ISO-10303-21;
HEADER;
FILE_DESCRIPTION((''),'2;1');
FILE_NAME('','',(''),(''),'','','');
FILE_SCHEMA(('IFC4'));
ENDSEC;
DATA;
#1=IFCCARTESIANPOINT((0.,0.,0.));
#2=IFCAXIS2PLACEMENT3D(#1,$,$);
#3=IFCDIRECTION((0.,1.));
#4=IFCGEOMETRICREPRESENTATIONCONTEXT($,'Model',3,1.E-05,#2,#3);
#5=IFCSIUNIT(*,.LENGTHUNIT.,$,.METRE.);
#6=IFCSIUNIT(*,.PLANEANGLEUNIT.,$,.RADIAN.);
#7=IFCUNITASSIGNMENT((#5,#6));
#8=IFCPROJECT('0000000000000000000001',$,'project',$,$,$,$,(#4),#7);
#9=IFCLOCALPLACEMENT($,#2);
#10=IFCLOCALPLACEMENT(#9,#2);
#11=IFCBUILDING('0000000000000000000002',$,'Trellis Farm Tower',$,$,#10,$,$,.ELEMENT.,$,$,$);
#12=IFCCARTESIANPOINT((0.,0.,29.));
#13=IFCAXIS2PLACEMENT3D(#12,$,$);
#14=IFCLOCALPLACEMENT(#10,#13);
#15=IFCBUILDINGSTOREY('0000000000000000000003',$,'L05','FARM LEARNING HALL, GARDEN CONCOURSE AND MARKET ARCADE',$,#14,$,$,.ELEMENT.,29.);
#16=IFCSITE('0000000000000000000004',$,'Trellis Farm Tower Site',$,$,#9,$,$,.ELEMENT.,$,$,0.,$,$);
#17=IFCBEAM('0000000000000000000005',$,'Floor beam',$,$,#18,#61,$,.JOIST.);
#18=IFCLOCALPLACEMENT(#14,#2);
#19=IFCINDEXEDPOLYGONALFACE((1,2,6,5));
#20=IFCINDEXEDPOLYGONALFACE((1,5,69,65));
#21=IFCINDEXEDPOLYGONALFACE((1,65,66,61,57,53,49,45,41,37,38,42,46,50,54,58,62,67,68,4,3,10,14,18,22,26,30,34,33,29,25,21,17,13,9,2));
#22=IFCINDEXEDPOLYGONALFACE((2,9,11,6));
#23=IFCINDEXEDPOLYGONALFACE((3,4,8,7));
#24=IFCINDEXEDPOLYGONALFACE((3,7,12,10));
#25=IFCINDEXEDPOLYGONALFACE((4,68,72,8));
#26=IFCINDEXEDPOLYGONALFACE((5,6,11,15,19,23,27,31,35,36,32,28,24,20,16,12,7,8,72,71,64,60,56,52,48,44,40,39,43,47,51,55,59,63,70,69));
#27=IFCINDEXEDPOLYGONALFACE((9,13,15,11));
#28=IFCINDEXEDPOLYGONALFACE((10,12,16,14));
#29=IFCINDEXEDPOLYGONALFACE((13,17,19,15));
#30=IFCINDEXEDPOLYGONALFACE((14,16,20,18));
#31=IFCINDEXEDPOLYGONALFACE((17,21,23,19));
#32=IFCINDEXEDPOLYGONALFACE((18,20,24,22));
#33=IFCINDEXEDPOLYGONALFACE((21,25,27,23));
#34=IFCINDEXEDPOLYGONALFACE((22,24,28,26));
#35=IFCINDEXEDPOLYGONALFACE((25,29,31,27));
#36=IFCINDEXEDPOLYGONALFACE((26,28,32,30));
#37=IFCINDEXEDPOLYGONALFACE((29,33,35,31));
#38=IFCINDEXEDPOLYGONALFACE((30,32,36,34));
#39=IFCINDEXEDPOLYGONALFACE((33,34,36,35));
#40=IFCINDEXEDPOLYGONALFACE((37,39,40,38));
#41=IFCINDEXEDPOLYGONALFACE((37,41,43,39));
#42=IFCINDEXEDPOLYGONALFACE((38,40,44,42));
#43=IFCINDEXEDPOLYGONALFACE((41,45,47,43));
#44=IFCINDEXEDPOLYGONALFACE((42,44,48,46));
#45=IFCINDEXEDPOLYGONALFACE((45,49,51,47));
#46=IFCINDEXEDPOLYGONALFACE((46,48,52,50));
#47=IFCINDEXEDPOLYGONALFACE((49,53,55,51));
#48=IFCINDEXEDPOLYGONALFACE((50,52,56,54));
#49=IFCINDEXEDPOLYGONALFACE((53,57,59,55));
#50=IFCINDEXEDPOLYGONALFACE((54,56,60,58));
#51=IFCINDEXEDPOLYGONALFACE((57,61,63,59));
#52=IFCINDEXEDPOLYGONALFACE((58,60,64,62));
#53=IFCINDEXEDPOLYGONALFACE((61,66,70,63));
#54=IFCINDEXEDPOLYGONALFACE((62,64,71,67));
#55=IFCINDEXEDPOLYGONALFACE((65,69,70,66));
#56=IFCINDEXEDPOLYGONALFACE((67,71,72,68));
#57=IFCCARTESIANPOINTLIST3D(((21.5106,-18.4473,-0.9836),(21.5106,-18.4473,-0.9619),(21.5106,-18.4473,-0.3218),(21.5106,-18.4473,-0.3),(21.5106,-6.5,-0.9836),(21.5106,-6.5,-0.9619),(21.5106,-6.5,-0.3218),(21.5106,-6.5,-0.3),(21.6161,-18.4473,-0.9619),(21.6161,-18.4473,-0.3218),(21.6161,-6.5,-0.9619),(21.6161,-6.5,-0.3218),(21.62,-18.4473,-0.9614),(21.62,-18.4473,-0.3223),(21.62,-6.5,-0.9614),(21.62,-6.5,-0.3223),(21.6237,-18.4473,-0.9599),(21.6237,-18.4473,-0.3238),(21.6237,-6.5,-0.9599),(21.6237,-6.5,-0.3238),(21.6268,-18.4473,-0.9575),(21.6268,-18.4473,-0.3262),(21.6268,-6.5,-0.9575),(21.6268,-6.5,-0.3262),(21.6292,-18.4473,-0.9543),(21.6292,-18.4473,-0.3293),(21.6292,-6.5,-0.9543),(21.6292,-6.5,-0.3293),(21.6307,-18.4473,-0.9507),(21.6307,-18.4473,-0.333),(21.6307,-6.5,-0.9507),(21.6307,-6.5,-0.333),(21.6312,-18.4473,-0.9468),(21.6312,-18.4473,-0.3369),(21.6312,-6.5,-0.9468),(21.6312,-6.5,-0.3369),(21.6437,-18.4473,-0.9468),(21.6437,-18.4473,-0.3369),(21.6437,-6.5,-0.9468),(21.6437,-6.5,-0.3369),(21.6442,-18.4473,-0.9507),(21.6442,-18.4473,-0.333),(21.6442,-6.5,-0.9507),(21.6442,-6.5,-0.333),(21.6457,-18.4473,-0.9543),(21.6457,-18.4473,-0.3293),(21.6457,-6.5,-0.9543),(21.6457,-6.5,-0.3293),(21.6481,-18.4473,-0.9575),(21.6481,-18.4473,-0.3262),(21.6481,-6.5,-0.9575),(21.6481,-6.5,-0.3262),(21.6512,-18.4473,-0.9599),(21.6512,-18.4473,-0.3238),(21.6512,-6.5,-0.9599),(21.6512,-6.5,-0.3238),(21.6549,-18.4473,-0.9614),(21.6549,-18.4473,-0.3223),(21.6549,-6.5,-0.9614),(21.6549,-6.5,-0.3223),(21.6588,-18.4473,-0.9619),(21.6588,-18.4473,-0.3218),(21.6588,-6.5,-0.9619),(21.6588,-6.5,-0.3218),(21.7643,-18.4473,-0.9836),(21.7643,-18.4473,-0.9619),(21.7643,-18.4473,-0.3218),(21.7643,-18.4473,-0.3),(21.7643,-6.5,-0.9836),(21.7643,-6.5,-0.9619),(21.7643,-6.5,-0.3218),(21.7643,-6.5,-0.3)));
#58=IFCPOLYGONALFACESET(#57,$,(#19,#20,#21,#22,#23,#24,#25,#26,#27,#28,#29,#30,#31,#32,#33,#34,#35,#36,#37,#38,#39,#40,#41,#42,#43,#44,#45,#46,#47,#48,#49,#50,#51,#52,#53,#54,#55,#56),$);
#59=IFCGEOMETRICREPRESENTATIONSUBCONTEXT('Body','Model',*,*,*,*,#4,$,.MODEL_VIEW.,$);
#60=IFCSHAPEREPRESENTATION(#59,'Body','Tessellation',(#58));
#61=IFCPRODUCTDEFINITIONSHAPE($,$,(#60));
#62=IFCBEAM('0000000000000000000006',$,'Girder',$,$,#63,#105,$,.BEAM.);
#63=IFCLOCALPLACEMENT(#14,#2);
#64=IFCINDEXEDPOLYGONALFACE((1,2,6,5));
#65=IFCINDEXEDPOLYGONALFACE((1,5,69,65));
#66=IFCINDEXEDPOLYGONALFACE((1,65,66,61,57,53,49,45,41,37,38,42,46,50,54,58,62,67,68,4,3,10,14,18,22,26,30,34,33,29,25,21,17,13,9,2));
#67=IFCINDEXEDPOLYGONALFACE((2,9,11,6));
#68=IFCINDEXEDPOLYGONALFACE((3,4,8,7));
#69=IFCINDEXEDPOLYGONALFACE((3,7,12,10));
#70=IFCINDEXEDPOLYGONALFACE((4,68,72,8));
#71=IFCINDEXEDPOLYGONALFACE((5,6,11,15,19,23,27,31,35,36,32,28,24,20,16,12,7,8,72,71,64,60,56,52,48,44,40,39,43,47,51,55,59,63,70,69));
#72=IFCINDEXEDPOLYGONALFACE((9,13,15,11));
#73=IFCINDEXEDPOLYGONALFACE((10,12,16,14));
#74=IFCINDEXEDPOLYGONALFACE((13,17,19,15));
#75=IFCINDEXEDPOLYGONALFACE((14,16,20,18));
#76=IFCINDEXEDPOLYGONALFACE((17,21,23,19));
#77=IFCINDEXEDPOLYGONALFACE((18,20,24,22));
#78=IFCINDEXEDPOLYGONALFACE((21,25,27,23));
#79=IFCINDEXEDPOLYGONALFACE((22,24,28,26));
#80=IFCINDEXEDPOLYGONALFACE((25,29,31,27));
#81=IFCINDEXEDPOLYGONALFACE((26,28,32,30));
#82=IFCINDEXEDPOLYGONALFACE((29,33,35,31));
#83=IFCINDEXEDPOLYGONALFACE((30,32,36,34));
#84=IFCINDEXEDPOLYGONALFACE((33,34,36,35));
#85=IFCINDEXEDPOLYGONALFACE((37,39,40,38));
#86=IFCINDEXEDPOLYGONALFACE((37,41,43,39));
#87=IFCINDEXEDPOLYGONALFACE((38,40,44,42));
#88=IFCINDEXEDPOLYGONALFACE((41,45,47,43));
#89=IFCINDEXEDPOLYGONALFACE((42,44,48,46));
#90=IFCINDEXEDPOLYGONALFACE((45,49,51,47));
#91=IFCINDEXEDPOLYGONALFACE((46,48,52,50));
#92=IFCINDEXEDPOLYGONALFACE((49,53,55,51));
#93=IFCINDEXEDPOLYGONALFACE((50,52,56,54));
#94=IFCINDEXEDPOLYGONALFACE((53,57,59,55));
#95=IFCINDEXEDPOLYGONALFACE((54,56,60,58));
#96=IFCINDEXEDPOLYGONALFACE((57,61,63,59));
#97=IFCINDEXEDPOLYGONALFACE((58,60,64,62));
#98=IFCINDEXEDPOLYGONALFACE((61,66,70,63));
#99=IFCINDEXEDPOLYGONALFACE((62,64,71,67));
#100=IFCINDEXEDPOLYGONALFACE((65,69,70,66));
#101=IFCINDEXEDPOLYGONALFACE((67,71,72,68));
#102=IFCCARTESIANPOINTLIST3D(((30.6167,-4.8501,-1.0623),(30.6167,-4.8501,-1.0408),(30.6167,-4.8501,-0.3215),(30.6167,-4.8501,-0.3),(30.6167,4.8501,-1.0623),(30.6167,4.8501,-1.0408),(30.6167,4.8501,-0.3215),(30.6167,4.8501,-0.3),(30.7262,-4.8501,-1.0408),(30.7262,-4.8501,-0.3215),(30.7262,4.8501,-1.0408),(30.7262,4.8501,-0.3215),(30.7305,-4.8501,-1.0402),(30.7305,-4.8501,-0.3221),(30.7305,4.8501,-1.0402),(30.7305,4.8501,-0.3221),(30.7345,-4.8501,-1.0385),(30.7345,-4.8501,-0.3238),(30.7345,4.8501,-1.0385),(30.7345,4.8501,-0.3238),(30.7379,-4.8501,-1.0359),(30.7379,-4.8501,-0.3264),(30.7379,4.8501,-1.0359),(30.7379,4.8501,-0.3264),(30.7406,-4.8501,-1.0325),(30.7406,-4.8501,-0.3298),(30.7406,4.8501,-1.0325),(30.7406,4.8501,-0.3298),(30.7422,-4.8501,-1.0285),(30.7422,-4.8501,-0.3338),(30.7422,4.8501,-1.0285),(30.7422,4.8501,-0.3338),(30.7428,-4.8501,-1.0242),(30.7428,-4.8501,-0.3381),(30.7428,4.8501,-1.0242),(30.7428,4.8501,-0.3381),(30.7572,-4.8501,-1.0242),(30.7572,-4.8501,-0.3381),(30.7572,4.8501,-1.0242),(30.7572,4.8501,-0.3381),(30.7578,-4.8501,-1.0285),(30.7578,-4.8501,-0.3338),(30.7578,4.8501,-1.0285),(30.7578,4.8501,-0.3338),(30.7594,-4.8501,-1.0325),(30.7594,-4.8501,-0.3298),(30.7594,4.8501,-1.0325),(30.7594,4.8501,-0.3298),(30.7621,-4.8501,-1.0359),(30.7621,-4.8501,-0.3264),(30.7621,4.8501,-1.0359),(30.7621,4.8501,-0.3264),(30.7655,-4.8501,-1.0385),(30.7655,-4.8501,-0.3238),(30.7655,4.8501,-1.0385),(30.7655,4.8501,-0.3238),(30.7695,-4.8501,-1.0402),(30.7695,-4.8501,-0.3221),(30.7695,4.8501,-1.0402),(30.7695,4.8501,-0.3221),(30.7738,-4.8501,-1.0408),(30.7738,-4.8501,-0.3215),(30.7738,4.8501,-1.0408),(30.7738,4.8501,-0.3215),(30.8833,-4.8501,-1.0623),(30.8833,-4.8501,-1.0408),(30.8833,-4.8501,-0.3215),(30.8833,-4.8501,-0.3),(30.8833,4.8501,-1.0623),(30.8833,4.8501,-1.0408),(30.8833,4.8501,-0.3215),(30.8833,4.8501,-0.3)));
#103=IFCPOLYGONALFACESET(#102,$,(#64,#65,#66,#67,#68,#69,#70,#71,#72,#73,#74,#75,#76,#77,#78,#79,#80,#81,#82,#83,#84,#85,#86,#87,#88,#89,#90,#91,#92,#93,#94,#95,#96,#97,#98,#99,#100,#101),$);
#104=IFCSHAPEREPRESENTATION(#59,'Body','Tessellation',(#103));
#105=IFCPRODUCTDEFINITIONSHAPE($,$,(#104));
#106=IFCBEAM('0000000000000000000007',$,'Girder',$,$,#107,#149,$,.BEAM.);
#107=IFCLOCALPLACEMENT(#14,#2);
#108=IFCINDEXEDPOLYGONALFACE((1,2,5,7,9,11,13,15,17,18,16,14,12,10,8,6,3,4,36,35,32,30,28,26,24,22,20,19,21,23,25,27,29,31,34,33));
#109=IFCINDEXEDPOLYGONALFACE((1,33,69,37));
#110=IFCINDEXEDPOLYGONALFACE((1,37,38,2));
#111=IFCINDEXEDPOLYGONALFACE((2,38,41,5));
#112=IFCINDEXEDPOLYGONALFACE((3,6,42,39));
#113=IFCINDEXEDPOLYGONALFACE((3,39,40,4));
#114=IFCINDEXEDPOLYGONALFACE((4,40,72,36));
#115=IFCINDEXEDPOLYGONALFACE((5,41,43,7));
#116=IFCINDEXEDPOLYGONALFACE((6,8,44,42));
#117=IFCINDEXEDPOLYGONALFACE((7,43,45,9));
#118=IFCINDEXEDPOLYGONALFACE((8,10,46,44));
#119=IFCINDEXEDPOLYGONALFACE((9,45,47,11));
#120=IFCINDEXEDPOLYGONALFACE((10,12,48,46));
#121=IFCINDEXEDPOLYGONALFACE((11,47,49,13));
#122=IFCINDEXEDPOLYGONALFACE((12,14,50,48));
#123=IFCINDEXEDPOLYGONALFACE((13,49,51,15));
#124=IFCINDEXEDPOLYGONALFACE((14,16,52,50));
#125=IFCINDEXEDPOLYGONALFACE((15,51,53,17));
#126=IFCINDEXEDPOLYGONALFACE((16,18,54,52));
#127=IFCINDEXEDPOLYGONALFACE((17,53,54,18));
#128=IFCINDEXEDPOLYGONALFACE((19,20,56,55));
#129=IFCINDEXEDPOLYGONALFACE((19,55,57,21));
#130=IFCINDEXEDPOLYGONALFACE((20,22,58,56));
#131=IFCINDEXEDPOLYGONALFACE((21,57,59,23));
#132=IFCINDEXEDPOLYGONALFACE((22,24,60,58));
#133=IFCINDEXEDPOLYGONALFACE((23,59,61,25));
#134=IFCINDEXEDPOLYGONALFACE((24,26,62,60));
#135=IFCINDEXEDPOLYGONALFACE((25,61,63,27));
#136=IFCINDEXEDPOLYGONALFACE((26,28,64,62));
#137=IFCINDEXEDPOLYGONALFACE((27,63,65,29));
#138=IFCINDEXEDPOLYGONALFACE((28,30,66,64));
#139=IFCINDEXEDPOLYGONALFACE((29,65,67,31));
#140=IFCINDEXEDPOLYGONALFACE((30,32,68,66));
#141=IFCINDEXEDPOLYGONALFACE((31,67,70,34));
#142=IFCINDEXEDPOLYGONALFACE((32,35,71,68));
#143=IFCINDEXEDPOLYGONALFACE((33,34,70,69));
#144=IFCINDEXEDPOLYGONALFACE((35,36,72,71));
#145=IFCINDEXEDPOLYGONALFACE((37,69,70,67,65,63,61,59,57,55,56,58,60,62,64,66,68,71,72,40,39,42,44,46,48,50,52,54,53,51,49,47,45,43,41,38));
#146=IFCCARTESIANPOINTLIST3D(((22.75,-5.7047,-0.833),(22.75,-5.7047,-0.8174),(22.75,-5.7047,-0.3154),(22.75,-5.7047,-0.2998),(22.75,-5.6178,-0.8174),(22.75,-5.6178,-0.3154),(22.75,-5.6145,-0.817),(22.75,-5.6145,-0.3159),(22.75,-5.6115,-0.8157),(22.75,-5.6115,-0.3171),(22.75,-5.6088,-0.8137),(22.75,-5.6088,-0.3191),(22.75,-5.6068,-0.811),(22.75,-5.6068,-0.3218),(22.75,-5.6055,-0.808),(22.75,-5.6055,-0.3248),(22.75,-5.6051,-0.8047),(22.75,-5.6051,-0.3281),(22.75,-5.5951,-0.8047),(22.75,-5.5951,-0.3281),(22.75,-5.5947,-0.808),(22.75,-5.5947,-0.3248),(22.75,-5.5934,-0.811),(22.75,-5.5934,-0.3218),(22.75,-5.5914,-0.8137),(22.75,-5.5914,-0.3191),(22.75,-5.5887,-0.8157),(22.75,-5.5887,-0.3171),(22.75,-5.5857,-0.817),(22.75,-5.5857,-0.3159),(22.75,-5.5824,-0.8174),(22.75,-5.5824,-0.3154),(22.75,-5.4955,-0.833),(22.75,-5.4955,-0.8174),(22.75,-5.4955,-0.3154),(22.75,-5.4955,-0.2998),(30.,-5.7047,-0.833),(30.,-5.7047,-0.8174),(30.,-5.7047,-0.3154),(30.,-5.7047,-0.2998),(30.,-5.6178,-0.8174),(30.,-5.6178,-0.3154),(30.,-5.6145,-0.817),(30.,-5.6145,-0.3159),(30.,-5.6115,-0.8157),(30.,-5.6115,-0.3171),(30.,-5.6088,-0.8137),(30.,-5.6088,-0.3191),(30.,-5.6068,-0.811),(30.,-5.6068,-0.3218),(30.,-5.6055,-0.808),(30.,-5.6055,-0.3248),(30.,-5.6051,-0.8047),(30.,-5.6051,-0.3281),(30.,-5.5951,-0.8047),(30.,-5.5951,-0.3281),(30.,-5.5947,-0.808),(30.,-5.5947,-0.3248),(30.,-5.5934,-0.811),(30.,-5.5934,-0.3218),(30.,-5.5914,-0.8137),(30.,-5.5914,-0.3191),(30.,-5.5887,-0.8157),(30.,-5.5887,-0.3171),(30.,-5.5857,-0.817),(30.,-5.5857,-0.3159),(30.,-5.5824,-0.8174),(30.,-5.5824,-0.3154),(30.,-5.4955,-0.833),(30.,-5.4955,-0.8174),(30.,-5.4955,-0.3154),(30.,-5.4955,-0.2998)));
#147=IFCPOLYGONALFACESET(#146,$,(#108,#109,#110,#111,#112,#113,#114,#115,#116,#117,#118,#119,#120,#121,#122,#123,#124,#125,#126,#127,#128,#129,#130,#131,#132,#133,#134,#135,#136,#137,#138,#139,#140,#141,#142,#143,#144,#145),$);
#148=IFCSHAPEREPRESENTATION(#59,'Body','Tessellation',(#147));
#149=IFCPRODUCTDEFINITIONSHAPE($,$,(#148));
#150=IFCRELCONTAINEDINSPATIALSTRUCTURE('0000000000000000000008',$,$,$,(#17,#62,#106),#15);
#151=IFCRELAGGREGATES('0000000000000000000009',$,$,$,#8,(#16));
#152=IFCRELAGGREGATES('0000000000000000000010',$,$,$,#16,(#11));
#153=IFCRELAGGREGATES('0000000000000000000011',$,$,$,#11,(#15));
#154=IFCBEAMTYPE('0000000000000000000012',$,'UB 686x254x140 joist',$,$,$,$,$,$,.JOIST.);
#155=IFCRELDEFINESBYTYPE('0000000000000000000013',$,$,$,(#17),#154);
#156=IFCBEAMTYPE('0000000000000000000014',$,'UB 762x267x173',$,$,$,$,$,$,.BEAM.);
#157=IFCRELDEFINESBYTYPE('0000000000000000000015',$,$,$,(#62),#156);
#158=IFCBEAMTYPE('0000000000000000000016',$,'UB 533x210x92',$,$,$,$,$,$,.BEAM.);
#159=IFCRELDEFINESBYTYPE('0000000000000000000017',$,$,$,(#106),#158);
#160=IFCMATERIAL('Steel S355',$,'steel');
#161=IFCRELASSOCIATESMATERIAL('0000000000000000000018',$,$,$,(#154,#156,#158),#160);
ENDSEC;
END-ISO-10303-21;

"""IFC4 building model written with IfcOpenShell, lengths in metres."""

from ifc_helpers import new_model, si_unit, direction, frame, origin, origin_2d, place, context, subcontext, project, spatial, i_section, extrude, source, transform, mapped, material, material_profile, profile_set, type_object, element, save


model = new_model("IFC4")

# Units and contexts
model_context = context("Model", 3, precision=1e-05, world=origin(), true_north=direction((0.0, 1.0)))
body_context = subcontext(model_context, "Body", "Model", "MODEL_VIEW")
ifc_project = project(units=[si_unit("LENGTHUNIT", "METRE"), si_unit("PLANEANGLEUNIT", "RADIAN")], contexts=[model_context])

# Site, building, storey
site_placement = place(None, origin())
site = spatial("IfcSite", under=ifc_project, at=site_placement, Name="Trellis Farm Tower Site", CompositionType="ELEMENT", RefElevation=0.0)
building_placement = place(site_placement, origin())
building = spatial("IfcBuilding", under=site, at=building_placement, Name="Trellis Farm Tower", CompositionType="ELEMENT")
storey_placement = place(building_placement, frame((0.0, 0.0, 29.0)))
storey = spatial("IfcBuildingStorey", under=building, at=storey_placement, Name="L05", Description="FARM LEARNING HALL, GARDEN CONCOURSE AND MARKET ARCADE", CompositionType="ELEMENT", Elevation=29.0)

# Beams
ifc_material_1 = material(Name="Steel S355", Category="steel")
ifc_material_profile_1 = material_profile(ifc_material_1, i_section(OverallWidth=0.2537, OverallDepth=0.6836, WebThickness=0.0125, FlangeThickness=0.0217, FilletRadius=0.0151, at=origin_2d()), Name="UB 686x254x140")
ifc_profile_set_1 = profile_set([ifc_material_profile_1], Name="Steel S355")
beam_type_1 = type_object("IfcBeamType", Name="UB 686x254x140 joist", PredefinedType="JOIST", material=ifc_profile_set_1)
shared_shape_1 = source(origin(), body_context, "Body", "SweptSolid", [
    extrude(i_section(OverallWidth=0.2537, OverallDepth=0.6836, WebThickness=0.0125, FlangeThickness=0.0217, FilletRadius=0.0151, at=origin_2d()), origin(), (0.0, 0.0, 1.0), 11.9473),
])
beam_1_placement = place(storey_placement, frame((21.6375, -18.4473, -0.6418), z_axis=(0.0, 1.0, 0.0), x_axis=(-1.0, 0.0, 0.0)))
element("IfcBeam", 1, at=beam_1_placement, inside=storey, type_object=beam_type_1, Name="Floor beam", PredefinedType="JOIST", context=body_context, shape_type="MappedRepresentation", body=[
    mapped(shared_shape_1, transform((0.0, 0.0, 0.0))),
])
ifc_material_profile_2 = material_profile(ifc_material_1, i_section(OverallWidth=0.2666, OverallDepth=0.7622, WebThickness=0.0144, FlangeThickness=0.0215, FilletRadius=0.0166, at=origin_2d()), Name="UB 762x267x173")
ifc_profile_set_2 = profile_set([ifc_material_profile_2], Name="Steel S355")
beam_type_2 = type_object("IfcBeamType", Name="UB 762x267x173", PredefinedType="BEAM", material=ifc_profile_set_2)
shared_shape_2 = source(origin(), body_context, "Body", "SweptSolid", [
    extrude(i_section(OverallWidth=0.2666, OverallDepth=0.7622, WebThickness=0.0144, FlangeThickness=0.0215, FilletRadius=0.0166, at=origin_2d()), origin(), (0.0, 0.0, 1.0), 9.7002),
])
beam_2_placement = place(storey_placement, frame((30.75, -4.8501, -0.6812), z_axis=(0.0, 1.0, 0.0), x_axis=(-1.0, 0.0, 0.0)))
element("IfcBeam", 2, at=beam_2_placement, inside=storey, type_object=beam_type_2, Name="Girder", PredefinedType="BEAM", context=body_context, shape_type="MappedRepresentation", body=[
    mapped(shared_shape_2, transform((0.0, 0.0, 0.0))),
])
ifc_material_profile_3 = material_profile(ifc_material_1, i_section(OverallWidth=0.2092, OverallDepth=0.5332, WebThickness=0.01, FlangeThickness=0.0156, FilletRadius=0.0127, at=origin_2d()), Name="UB 533x210x92")
ifc_profile_set_3 = profile_set([ifc_material_profile_3], Name="Steel S355")
beam_type_3 = type_object("IfcBeamType", Name="UB 533x210x92", PredefinedType="BEAM", material=ifc_profile_set_3)
shared_shape_3 = source(origin(), body_context, "Body", "SweptSolid", [
    extrude(i_section(OverallWidth=0.2092, OverallDepth=0.5332, WebThickness=0.01, FlangeThickness=0.0156, FilletRadius=0.0127, at=origin_2d()), origin(), (0.0, 0.0, 1.0), 7.25),
])
beam_3_placement = place(storey_placement, frame((22.75, -5.6001, -0.5664), z_axis=(1.0, 0.0, 0.0), x_axis=(0.0, 1.0, 0.0)))
element("IfcBeam", 3, at=beam_3_placement, inside=storey, type_object=beam_type_3, Name="Girder", PredefinedType="BEAM", context=body_context, shape_type="MappedRepresentation", body=[
    mapped(shared_shape_3, transform((0.0, 0.0, 0.0))),
])

save(model, "model.ifc")
